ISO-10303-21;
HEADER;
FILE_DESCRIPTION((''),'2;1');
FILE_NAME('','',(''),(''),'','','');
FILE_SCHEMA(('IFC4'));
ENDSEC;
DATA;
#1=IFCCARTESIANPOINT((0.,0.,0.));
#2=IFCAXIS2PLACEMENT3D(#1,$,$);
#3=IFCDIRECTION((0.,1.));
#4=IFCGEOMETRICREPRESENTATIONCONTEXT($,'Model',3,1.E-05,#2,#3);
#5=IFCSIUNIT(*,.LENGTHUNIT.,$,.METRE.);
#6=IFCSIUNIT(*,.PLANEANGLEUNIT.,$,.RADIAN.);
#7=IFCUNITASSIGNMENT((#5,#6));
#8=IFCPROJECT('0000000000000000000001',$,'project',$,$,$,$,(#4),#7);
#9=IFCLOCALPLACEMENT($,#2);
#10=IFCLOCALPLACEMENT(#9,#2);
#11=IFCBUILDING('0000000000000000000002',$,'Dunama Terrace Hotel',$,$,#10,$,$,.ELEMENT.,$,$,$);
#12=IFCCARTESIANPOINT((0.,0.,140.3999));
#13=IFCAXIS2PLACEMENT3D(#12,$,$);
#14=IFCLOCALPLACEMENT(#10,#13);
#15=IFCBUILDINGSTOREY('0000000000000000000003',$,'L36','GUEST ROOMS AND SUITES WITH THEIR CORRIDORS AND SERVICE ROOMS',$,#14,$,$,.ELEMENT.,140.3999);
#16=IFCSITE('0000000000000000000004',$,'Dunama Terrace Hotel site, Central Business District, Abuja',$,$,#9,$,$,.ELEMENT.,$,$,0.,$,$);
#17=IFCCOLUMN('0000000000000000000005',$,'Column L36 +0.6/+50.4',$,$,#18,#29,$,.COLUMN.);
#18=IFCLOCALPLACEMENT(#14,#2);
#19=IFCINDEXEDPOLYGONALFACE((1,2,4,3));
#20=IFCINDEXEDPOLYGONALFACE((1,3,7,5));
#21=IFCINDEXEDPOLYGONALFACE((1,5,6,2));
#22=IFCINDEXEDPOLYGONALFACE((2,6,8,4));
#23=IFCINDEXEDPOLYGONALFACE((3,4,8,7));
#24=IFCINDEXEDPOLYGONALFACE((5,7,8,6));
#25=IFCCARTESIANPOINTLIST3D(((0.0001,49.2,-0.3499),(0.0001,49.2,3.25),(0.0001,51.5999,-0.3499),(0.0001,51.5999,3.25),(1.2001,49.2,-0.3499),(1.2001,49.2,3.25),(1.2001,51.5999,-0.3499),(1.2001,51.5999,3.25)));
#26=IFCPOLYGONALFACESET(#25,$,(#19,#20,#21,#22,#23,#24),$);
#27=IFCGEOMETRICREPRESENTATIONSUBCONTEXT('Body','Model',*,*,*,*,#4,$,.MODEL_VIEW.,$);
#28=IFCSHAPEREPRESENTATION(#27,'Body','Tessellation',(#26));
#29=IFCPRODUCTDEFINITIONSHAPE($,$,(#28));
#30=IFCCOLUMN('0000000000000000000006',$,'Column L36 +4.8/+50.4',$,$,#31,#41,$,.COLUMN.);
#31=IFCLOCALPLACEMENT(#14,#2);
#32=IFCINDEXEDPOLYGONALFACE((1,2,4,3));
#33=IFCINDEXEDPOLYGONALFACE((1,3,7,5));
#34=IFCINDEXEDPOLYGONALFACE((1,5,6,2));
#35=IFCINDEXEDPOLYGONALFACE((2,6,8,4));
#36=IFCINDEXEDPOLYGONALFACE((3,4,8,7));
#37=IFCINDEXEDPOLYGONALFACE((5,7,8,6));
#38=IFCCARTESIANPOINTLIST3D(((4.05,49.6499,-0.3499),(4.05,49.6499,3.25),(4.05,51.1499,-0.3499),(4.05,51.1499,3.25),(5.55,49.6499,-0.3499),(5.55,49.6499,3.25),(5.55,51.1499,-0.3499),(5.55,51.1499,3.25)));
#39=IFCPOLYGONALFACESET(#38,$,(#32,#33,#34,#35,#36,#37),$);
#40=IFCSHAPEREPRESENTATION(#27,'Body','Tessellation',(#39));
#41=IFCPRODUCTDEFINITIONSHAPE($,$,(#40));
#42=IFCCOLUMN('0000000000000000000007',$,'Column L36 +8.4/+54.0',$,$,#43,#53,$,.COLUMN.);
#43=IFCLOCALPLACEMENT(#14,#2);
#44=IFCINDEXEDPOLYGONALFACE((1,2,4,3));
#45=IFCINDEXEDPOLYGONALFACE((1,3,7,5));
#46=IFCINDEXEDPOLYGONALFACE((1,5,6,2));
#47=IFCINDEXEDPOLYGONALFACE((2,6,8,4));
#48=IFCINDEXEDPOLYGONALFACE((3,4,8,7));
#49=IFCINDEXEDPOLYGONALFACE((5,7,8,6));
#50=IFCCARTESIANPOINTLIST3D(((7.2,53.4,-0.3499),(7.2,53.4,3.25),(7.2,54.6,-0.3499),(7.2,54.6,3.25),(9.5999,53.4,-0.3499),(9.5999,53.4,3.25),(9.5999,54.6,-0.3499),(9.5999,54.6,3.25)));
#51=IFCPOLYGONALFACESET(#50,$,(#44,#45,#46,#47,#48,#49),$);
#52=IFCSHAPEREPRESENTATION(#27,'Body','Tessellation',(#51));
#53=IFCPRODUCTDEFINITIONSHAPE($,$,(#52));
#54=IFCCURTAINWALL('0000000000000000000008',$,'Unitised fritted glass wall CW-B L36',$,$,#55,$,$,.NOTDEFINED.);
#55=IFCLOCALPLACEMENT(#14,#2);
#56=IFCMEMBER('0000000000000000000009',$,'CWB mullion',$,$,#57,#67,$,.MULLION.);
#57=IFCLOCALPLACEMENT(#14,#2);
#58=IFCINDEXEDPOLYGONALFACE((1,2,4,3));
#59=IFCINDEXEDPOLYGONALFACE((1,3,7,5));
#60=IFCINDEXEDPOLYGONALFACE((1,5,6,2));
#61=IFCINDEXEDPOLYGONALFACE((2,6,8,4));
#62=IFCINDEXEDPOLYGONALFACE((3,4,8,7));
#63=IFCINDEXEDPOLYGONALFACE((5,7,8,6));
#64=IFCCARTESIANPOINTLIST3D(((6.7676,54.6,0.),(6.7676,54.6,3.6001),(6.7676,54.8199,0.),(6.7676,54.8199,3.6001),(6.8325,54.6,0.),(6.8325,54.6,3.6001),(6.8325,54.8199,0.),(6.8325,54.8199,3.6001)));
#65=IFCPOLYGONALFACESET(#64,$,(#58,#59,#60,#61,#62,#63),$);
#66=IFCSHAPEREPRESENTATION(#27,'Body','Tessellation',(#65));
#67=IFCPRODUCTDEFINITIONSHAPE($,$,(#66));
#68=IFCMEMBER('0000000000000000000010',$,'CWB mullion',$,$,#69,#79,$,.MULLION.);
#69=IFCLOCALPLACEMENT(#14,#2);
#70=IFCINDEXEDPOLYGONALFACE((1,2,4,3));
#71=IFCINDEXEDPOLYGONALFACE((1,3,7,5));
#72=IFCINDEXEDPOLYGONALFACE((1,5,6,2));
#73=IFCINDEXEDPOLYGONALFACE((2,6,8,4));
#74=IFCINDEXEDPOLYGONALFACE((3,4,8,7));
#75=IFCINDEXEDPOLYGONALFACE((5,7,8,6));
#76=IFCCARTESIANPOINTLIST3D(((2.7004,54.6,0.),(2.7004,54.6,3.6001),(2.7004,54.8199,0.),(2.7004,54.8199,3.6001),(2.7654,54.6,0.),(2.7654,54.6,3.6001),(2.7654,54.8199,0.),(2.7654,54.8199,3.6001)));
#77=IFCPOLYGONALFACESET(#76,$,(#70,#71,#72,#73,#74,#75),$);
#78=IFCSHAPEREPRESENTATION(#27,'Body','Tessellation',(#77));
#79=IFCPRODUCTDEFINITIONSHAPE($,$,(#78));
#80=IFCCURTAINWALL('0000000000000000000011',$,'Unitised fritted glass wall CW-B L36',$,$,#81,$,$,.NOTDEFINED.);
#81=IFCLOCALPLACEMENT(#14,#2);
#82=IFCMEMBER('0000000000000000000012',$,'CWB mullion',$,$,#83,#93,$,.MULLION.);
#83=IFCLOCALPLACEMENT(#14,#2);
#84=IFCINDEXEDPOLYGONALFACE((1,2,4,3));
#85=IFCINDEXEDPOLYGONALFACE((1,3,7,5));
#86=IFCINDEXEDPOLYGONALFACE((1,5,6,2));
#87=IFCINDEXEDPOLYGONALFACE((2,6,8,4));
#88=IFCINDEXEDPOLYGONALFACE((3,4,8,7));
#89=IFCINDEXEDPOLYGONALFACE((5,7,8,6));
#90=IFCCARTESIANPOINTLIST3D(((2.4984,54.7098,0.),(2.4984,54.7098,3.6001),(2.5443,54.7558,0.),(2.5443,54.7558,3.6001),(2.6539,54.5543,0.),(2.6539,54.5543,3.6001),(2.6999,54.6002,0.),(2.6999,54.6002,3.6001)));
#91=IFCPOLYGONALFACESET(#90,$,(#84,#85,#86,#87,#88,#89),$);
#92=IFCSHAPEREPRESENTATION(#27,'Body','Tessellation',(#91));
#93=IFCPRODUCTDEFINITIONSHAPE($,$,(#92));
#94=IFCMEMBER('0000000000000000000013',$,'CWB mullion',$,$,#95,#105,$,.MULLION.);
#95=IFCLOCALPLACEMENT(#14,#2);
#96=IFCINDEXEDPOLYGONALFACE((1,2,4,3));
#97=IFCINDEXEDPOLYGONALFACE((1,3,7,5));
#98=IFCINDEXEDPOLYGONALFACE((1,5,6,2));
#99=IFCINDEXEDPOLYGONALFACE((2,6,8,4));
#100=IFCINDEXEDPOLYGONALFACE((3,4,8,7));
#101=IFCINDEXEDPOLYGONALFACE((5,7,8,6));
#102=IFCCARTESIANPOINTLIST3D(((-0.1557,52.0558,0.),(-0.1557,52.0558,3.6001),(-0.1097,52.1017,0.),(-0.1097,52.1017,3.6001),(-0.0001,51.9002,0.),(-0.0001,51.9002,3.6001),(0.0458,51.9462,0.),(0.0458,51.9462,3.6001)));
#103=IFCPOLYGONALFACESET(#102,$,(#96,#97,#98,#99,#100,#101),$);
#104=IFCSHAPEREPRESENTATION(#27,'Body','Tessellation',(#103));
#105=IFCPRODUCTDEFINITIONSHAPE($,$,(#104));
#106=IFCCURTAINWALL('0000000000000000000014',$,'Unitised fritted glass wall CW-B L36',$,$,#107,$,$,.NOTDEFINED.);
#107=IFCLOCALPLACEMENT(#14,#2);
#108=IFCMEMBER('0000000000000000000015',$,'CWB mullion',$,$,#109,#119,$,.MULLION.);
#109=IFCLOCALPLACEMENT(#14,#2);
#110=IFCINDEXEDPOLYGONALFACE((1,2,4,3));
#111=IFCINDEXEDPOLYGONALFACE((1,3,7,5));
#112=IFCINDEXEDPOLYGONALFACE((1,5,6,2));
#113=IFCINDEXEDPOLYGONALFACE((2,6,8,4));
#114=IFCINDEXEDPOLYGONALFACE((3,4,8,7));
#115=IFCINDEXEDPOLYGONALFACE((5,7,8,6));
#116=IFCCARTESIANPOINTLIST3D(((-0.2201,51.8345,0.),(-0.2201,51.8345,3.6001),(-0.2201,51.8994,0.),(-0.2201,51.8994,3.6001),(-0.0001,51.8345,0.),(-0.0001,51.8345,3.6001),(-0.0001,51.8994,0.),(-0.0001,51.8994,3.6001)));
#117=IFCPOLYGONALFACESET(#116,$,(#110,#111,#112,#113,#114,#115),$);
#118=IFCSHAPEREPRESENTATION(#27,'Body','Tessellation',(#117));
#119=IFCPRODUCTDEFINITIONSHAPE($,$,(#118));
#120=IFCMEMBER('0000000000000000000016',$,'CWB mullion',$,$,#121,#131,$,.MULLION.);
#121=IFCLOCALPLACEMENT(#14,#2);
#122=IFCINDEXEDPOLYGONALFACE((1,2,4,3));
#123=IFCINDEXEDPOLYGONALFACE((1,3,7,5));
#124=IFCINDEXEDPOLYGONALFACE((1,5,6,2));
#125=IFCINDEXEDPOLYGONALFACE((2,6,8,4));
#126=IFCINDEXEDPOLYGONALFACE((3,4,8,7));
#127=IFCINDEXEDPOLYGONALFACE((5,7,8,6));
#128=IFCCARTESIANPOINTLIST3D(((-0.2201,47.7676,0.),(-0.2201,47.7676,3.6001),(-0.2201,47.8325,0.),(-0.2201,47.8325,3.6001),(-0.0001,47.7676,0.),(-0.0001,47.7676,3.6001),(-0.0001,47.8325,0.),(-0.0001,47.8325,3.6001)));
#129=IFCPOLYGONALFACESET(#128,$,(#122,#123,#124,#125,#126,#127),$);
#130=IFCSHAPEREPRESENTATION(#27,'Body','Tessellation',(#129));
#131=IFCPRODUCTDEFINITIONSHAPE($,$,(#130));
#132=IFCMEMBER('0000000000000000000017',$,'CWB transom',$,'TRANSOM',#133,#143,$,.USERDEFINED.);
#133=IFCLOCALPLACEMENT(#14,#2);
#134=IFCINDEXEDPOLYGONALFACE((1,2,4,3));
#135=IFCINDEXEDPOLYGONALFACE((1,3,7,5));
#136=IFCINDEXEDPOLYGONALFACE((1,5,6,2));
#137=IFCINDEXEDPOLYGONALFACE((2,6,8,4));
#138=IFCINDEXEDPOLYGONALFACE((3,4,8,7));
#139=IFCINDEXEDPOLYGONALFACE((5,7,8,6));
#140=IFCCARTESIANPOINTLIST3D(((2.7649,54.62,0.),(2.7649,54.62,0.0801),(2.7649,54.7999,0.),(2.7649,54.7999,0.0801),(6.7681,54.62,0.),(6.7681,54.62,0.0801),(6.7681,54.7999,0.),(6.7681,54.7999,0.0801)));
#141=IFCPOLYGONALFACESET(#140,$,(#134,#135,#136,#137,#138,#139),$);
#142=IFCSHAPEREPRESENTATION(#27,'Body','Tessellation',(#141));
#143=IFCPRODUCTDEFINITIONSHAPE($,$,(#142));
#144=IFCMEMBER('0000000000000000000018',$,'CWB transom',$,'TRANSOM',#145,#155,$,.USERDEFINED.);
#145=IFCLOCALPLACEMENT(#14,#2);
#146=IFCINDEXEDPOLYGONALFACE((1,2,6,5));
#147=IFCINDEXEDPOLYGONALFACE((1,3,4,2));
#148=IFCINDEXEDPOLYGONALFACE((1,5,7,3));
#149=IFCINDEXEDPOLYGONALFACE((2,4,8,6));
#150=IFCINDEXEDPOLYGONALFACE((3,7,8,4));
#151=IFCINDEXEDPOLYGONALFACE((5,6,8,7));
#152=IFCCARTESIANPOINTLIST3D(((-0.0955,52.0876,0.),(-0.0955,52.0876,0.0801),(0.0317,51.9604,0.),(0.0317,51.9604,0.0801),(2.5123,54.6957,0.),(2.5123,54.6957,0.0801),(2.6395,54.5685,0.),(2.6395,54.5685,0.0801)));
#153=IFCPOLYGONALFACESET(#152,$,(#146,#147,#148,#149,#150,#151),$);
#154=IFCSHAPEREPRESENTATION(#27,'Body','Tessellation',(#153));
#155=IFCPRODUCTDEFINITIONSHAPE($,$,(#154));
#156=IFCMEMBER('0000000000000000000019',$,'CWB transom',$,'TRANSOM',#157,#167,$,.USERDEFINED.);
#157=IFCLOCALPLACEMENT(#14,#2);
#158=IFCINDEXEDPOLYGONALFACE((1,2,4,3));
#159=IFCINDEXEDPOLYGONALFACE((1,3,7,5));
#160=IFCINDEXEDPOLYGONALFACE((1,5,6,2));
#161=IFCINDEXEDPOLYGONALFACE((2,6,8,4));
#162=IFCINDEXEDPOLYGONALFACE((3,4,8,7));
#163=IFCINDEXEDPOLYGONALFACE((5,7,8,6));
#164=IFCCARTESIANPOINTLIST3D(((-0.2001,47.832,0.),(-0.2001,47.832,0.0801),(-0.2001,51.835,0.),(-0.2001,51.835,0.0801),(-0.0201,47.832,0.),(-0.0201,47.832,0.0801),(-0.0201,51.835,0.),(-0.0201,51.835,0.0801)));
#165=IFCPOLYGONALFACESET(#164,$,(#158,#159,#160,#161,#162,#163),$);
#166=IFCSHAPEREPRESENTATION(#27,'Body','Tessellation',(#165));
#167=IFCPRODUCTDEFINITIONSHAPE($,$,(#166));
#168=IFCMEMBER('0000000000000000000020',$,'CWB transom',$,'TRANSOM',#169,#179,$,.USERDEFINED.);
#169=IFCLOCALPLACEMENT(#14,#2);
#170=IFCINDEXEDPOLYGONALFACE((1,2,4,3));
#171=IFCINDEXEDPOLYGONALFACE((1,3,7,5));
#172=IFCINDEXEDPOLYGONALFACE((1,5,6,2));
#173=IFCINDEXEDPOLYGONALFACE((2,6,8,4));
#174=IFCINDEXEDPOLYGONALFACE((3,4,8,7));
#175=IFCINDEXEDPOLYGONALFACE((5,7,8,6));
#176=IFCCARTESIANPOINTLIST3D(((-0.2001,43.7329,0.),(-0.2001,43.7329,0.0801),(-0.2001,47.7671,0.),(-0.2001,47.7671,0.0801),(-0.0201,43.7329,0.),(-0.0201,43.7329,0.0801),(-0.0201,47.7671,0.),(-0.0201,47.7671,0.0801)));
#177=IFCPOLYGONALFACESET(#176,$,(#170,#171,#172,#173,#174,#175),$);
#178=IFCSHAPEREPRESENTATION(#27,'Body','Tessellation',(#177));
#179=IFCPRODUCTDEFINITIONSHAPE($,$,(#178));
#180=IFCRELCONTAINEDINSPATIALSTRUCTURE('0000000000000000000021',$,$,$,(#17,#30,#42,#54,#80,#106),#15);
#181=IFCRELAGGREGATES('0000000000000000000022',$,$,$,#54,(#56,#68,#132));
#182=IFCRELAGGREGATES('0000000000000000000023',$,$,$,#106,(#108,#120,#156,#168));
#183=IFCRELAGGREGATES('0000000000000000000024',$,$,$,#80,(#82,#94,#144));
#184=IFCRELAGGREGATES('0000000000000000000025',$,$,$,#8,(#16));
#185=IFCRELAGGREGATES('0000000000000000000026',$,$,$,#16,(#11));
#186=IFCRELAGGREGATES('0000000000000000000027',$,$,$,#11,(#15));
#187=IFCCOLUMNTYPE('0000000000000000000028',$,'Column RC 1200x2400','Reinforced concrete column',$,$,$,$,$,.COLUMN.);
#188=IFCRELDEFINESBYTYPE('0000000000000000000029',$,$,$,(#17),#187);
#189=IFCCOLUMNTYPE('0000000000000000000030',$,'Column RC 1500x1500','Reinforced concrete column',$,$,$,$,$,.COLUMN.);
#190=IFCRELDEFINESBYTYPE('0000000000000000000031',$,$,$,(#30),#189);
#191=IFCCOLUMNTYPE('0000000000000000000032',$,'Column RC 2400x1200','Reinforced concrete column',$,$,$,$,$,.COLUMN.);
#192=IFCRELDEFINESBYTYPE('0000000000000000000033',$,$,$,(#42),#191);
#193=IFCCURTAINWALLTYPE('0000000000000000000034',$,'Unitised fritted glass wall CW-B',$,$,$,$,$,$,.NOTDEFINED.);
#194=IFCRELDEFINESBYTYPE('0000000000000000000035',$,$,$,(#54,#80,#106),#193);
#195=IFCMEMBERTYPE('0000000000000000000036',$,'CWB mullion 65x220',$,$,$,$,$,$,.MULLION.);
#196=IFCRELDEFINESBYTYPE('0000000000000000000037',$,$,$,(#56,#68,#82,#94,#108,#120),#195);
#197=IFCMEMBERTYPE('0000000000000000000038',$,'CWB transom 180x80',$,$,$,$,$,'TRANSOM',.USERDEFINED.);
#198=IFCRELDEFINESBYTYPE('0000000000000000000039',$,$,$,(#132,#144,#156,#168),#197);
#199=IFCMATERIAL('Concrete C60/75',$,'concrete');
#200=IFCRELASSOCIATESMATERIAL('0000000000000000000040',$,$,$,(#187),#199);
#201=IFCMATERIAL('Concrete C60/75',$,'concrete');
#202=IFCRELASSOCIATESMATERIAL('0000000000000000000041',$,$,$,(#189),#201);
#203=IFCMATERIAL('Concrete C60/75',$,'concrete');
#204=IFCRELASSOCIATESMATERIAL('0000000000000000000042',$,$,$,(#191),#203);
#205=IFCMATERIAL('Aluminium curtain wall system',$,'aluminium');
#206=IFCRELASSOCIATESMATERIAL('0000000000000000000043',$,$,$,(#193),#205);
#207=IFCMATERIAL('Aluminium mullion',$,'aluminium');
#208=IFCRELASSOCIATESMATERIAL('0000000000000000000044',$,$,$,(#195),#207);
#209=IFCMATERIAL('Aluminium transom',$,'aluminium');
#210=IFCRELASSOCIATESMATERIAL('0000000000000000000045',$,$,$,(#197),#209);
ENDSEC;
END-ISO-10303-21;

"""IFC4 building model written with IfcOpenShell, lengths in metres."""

from ifc_helpers import new_model, si_unit, direction, frame, origin, origin_2d, place, context, subcontext, project, spatial, rectangle, extrude, material, material_profile, profile_set, type_object, element, aggregate, save


model = new_model("IFC4")

# Units and contexts
model_context = context("Model", 3, precision=1e-05, world=origin(), true_north=direction((0.0, 1.0)))
body_context = subcontext(model_context, "Body", "Model", "MODEL_VIEW")
ifc_project = project(units=[si_unit("LENGTHUNIT", "METRE"), si_unit("PLANEANGLEUNIT", "RADIAN")], contexts=[model_context])

# Site, building, storey
site_placement = place(None, origin())
site = spatial("IfcSite", under=ifc_project, at=site_placement, Name="Dunama Terrace Hotel site, Central Business District, Abuja", CompositionType="ELEMENT", RefElevation=0.0)
building_placement = place(site_placement, origin())
building = spatial("IfcBuilding", under=site, at=building_placement, Name="Dunama Terrace Hotel", CompositionType="ELEMENT")
storey_placement = place(building_placement, frame((0.0, 0.0, 140.3999)))
storey = spatial("IfcBuildingStorey", under=building, at=storey_placement, Name="L36", Description="GUEST ROOMS AND SUITES WITH THEIR CORRIDORS AND SERVICE ROOMS", CompositionType="ELEMENT", Elevation=140.3999)

# Columns
ifc_material_1 = material(Name="Concrete C60/75", Category="concrete")
ifc_material_profile_1 = material_profile(ifc_material_1, rectangle(XDim=1.2, YDim=2.3999, at=origin_2d()), Name="RC 1200x2400")
ifc_profile_set_1 = profile_set([ifc_material_profile_1], Name="Concrete C60/75")
column_type_1 = type_object("IfcColumnType", Name="Column RC 1200x2400", Description="Reinforced concrete column", PredefinedType="COLUMN", material=ifc_profile_set_1)
column_1_placement = place(storey_placement, frame((0.6001, 50.3999, -0.3499), z_axis=(0.0, 0.0, 1.0), x_axis=(1.0, 0.0, 0.0)))
element("IfcColumn", 1, at=column_1_placement, inside=storey, type_object=column_type_1, Name="Column L36 +0.6/+50.4", PredefinedType="COLUMN", context=body_context, shape_type="SweptSolid", body=[
    extrude(rectangle(XDim=1.2, YDim=2.3999, at=origin_2d()), origin(), (0.0, 0.0, 1.0), 3.5999),
])
ifc_material_2 = material(Name="Concrete C60/75", Category="concrete")
ifc_material_profile_2 = material_profile(ifc_material_2, rectangle(XDim=1.5, YDim=1.5, at=origin_2d()), Name="RC 1500x1500")
ifc_profile_set_2 = profile_set([ifc_material_profile_2], Name="Concrete C60/75")
column_type_2 = type_object("IfcColumnType", Name="Column RC 1500x1500", Description="Reinforced concrete column", PredefinedType="COLUMN", material=ifc_profile_set_2)
column_2_placement = place(storey_placement, frame((4.8, 50.3999, -0.3499), z_axis=(0.0, 0.0, 1.0), x_axis=(1.0, 0.0, 0.0)))
element("IfcColumn", 2, at=column_2_placement, inside=storey, type_object=column_type_2, Name="Column L36 +4.8/+50.4", PredefinedType="COLUMN", context=body_context, shape_type="SweptSolid", body=[
    extrude(rectangle(XDim=1.5, YDim=1.5, at=origin_2d()), origin(), (0.0, 0.0, 1.0), 3.5999),
])
ifc_material_3 = material(Name="Concrete C60/75", Category="concrete")
ifc_material_profile_3 = material_profile(ifc_material_3, rectangle(XDim=2.3999, YDim=1.2, at=origin_2d()), Name="RC 2400x1200")
ifc_profile_set_3 = profile_set([ifc_material_profile_3], Name="Concrete C60/75")
column_type_3 = type_object("IfcColumnType", Name="Column RC 2400x1200", Description="Reinforced concrete column", PredefinedType="COLUMN", material=ifc_profile_set_3)
column_3_placement = place(storey_placement, frame((8.3999, 54.0, -0.3499), z_axis=(0.0, 0.0, 1.0), x_axis=(1.0, 0.0, 0.0)))
element("IfcColumn", 3, at=column_3_placement, inside=storey, type_object=column_type_3, Name="Column L36 +8.4/+54.0", PredefinedType="COLUMN", context=body_context, shape_type="SweptSolid", body=[
    extrude(rectangle(XDim=2.3999, YDim=1.2, at=origin_2d()), origin(), (0.0, 0.0, 1.0), 3.5999),
])

# Curtain walls, members
ifc_material_4 = material(Name="Aluminium curtain wall system", Category="aluminium")
curtain_wall_type = type_object("IfcCurtainWallType", Name="Unitised fritted glass wall CW-B", PredefinedType="NOTDEFINED", material=ifc_material_4)
curtain_wall_1_placement = place(storey_placement, origin())
curtain_wall_1 = element("IfcCurtainWall", 4, at=curtain_wall_1_placement, inside=storey, type_object=curtain_wall_type, Name="Unitised fritted glass wall CW-B L36", PredefinedType="NOTDEFINED")
ifc_material_5 = material(Name="Aluminium mullion", Category="aluminium")
ifc_material_profile_4 = material_profile(ifc_material_5, rectangle(XDim=0.0649, YDim=0.22, at=origin_2d()), Name="CWB MULLION 65X220")
ifc_profile_set_4 = profile_set([ifc_material_profile_4], Name="Aluminium mullion")
member_type_1 = type_object("IfcMemberType", Name="CWB mullion 65x220", PredefinedType="MULLION", material=ifc_profile_set_4)
member_1_placement = place(storey_placement, frame((6.8, 54.71, 0.0), z_axis=(0.0, 0.0, 1.0), x_axis=(-1.0, 0.0, 0.0)))
member_1 = element("IfcMember", 5, at=member_1_placement, type_object=member_type_1, Name="CWB mullion", PredefinedType="MULLION", context=body_context, shape_type="SweptSolid", body=[
    extrude(rectangle(XDim=0.0649, YDim=0.22, at=origin_2d()), origin(), (0.0, 0.0, 1.0), 3.6001),
])
member_2_placement = place(storey_placement, frame((2.7329, 54.71, 0.0), z_axis=(0.0, 0.0, 1.0), x_axis=(-1.0, 0.0, 0.0)))
member_2 = element("IfcMember", 6, at=member_2_placement, type_object=member_type_1, Name="CWB mullion", PredefinedType="MULLION", context=body_context, shape_type="SweptSolid", body=[
    extrude(rectangle(XDim=0.0649, YDim=0.22, at=origin_2d()), origin(), (0.0, 0.0, 1.0), 3.6001),
])
curtain_wall_2_placement = place(storey_placement, origin())
curtain_wall_2 = element("IfcCurtainWall", 7, at=curtain_wall_2_placement, inside=storey, type_object=curtain_wall_type, Name="Unitised fritted glass wall CW-B L36", PredefinedType="NOTDEFINED")
member_3_placement = place(storey_placement, frame((2.5991, 54.655, 0.0), z_axis=(0.0, 0.0, 1.0), x_axis=(-0.707107, -0.707107, 0.0)))
member_3 = element("IfcMember", 8, at=member_3_placement, type_object=member_type_1, Name="CWB mullion", PredefinedType="MULLION", context=body_context, shape_type="SweptSolid", body=[
    extrude(rectangle(XDim=0.0649, YDim=0.22, at=origin_2d()), origin(), (0.0, 0.0, 1.0), 3.6001),
])
member_4_placement = place(storey_placement, frame((-0.0549, 52.001, 0.0), z_axis=(0.0, 0.0, 1.0), x_axis=(-0.707107, -0.707107, 0.0)))
member_4 = element("IfcMember", 9, at=member_4_placement, type_object=member_type_1, Name="CWB mullion", PredefinedType="MULLION", context=body_context, shape_type="SweptSolid", body=[
    extrude(rectangle(XDim=0.0649, YDim=0.22, at=origin_2d()), origin(), (0.0, 0.0, 1.0), 3.6001),
])
curtain_wall_3_placement = place(storey_placement, origin())
curtain_wall_3 = element("IfcCurtainWall", 10, at=curtain_wall_3_placement, inside=storey, type_object=curtain_wall_type, Name="Unitised fritted glass wall CW-B L36", PredefinedType="NOTDEFINED")
member_5_placement = place(storey_placement, frame((-0.1101, 51.8669, 0.0), z_axis=(0.0, 0.0, 1.0), x_axis=(0.0, -1.0, 0.0)))
member_5 = element("IfcMember", 11, at=member_5_placement, type_object=member_type_1, Name="CWB mullion", PredefinedType="MULLION", context=body_context, shape_type="SweptSolid", body=[
    extrude(rectangle(XDim=0.0649, YDim=0.22, at=origin_2d()), origin(), (0.0, 0.0, 1.0), 3.6001),
])
member_6_placement = place(storey_placement, frame((-0.1101, 47.8, 0.0), z_axis=(0.0, 0.0, 1.0), x_axis=(0.0, -1.0, 0.0)))
member_6 = element("IfcMember", 12, at=member_6_placement, type_object=member_type_1, Name="CWB mullion", PredefinedType="MULLION", context=body_context, shape_type="SweptSolid", body=[
    extrude(rectangle(XDim=0.0649, YDim=0.22, at=origin_2d()), origin(), (0.0, 0.0, 1.0), 3.6001),
])

# Members
ifc_material_6 = material(Name="Aluminium transom", Category="aluminium")
ifc_material_profile_5 = material_profile(ifc_material_6, rectangle(XDim=0.1799, YDim=0.0801, at=origin_2d()), Name="CWB TRANSOM 180X80")
ifc_profile_set_5 = profile_set([ifc_material_profile_5], Name="Aluminium transom")
member_type_2 = type_object("IfcMemberType", Name="CWB transom 180x80", ElementType="TRANSOM", PredefinedType="USERDEFINED", material=ifc_profile_set_5)
member_7_placement = place(storey_placement, frame((6.7681, 54.71, 0.04), z_axis=(-1.0, 0.0, 0.0), x_axis=(0.0, -1.0, 0.0)))
member_7 = element("IfcMember", 13, at=member_7_placement, type_object=member_type_2, Name="CWB transom", ObjectType="TRANSOM", PredefinedType="USERDEFINED", context=body_context, shape_type="SweptSolid", body=[
    extrude(rectangle(XDim=0.1799, YDim=0.0801, at=origin_2d()), origin(), (0.0, 0.0, 1.0), 4.0032),
])
member_8_placement = place(storey_placement, frame((2.5759, 54.6321, 0.04), z_axis=(-0.707074, -0.70714, 0.0), x_axis=(0.70714, -0.707074, 0.0)))
member_8 = element("IfcMember", 14, at=member_8_placement, type_object=member_type_2, Name="CWB transom", ObjectType="TRANSOM", PredefinedType="USERDEFINED", context=body_context, shape_type="SweptSolid", body=[
    extrude(rectangle(XDim=0.1799, YDim=0.0801, at=origin_2d()), origin(), (0.0, 0.0, 1.0), 3.6882),
])
member_9_placement = place(storey_placement, frame((-0.1101, 51.835, 0.04), z_axis=(0.0, -1.0, 0.0), x_axis=(1.0, 0.0, 0.0)))
member_9 = element("IfcMember", 15, at=member_9_placement, type_object=member_type_2, Name="CWB transom", ObjectType="TRANSOM", PredefinedType="USERDEFINED", context=body_context, shape_type="SweptSolid", body=[
    extrude(rectangle(XDim=0.1799, YDim=0.0801, at=origin_2d()), origin(), (0.0, 0.0, 1.0), 4.0029),
])
member_10_placement = place(storey_placement, frame((-0.1101, 47.7671, 0.04), z_axis=(0.0, -1.0, 0.0), x_axis=(1.0, 0.0, 0.0)))
member_10 = element("IfcMember", 16, at=member_10_placement, type_object=member_type_2, Name="CWB transom", ObjectType="TRANSOM", PredefinedType="USERDEFINED", context=body_context, shape_type="SweptSolid", body=[
    extrude(rectangle(XDim=0.1799, YDim=0.0801, at=origin_2d()), origin(), (0.0, 0.0, 1.0), 4.0342),
])

aggregate(curtain_wall_1, [member_1, member_2, member_7])
aggregate(curtain_wall_3, [member_5, member_6, member_9, member_10])
aggregate(curtain_wall_2, [member_3, member_4, member_8])

save(model, "model.ifc")
